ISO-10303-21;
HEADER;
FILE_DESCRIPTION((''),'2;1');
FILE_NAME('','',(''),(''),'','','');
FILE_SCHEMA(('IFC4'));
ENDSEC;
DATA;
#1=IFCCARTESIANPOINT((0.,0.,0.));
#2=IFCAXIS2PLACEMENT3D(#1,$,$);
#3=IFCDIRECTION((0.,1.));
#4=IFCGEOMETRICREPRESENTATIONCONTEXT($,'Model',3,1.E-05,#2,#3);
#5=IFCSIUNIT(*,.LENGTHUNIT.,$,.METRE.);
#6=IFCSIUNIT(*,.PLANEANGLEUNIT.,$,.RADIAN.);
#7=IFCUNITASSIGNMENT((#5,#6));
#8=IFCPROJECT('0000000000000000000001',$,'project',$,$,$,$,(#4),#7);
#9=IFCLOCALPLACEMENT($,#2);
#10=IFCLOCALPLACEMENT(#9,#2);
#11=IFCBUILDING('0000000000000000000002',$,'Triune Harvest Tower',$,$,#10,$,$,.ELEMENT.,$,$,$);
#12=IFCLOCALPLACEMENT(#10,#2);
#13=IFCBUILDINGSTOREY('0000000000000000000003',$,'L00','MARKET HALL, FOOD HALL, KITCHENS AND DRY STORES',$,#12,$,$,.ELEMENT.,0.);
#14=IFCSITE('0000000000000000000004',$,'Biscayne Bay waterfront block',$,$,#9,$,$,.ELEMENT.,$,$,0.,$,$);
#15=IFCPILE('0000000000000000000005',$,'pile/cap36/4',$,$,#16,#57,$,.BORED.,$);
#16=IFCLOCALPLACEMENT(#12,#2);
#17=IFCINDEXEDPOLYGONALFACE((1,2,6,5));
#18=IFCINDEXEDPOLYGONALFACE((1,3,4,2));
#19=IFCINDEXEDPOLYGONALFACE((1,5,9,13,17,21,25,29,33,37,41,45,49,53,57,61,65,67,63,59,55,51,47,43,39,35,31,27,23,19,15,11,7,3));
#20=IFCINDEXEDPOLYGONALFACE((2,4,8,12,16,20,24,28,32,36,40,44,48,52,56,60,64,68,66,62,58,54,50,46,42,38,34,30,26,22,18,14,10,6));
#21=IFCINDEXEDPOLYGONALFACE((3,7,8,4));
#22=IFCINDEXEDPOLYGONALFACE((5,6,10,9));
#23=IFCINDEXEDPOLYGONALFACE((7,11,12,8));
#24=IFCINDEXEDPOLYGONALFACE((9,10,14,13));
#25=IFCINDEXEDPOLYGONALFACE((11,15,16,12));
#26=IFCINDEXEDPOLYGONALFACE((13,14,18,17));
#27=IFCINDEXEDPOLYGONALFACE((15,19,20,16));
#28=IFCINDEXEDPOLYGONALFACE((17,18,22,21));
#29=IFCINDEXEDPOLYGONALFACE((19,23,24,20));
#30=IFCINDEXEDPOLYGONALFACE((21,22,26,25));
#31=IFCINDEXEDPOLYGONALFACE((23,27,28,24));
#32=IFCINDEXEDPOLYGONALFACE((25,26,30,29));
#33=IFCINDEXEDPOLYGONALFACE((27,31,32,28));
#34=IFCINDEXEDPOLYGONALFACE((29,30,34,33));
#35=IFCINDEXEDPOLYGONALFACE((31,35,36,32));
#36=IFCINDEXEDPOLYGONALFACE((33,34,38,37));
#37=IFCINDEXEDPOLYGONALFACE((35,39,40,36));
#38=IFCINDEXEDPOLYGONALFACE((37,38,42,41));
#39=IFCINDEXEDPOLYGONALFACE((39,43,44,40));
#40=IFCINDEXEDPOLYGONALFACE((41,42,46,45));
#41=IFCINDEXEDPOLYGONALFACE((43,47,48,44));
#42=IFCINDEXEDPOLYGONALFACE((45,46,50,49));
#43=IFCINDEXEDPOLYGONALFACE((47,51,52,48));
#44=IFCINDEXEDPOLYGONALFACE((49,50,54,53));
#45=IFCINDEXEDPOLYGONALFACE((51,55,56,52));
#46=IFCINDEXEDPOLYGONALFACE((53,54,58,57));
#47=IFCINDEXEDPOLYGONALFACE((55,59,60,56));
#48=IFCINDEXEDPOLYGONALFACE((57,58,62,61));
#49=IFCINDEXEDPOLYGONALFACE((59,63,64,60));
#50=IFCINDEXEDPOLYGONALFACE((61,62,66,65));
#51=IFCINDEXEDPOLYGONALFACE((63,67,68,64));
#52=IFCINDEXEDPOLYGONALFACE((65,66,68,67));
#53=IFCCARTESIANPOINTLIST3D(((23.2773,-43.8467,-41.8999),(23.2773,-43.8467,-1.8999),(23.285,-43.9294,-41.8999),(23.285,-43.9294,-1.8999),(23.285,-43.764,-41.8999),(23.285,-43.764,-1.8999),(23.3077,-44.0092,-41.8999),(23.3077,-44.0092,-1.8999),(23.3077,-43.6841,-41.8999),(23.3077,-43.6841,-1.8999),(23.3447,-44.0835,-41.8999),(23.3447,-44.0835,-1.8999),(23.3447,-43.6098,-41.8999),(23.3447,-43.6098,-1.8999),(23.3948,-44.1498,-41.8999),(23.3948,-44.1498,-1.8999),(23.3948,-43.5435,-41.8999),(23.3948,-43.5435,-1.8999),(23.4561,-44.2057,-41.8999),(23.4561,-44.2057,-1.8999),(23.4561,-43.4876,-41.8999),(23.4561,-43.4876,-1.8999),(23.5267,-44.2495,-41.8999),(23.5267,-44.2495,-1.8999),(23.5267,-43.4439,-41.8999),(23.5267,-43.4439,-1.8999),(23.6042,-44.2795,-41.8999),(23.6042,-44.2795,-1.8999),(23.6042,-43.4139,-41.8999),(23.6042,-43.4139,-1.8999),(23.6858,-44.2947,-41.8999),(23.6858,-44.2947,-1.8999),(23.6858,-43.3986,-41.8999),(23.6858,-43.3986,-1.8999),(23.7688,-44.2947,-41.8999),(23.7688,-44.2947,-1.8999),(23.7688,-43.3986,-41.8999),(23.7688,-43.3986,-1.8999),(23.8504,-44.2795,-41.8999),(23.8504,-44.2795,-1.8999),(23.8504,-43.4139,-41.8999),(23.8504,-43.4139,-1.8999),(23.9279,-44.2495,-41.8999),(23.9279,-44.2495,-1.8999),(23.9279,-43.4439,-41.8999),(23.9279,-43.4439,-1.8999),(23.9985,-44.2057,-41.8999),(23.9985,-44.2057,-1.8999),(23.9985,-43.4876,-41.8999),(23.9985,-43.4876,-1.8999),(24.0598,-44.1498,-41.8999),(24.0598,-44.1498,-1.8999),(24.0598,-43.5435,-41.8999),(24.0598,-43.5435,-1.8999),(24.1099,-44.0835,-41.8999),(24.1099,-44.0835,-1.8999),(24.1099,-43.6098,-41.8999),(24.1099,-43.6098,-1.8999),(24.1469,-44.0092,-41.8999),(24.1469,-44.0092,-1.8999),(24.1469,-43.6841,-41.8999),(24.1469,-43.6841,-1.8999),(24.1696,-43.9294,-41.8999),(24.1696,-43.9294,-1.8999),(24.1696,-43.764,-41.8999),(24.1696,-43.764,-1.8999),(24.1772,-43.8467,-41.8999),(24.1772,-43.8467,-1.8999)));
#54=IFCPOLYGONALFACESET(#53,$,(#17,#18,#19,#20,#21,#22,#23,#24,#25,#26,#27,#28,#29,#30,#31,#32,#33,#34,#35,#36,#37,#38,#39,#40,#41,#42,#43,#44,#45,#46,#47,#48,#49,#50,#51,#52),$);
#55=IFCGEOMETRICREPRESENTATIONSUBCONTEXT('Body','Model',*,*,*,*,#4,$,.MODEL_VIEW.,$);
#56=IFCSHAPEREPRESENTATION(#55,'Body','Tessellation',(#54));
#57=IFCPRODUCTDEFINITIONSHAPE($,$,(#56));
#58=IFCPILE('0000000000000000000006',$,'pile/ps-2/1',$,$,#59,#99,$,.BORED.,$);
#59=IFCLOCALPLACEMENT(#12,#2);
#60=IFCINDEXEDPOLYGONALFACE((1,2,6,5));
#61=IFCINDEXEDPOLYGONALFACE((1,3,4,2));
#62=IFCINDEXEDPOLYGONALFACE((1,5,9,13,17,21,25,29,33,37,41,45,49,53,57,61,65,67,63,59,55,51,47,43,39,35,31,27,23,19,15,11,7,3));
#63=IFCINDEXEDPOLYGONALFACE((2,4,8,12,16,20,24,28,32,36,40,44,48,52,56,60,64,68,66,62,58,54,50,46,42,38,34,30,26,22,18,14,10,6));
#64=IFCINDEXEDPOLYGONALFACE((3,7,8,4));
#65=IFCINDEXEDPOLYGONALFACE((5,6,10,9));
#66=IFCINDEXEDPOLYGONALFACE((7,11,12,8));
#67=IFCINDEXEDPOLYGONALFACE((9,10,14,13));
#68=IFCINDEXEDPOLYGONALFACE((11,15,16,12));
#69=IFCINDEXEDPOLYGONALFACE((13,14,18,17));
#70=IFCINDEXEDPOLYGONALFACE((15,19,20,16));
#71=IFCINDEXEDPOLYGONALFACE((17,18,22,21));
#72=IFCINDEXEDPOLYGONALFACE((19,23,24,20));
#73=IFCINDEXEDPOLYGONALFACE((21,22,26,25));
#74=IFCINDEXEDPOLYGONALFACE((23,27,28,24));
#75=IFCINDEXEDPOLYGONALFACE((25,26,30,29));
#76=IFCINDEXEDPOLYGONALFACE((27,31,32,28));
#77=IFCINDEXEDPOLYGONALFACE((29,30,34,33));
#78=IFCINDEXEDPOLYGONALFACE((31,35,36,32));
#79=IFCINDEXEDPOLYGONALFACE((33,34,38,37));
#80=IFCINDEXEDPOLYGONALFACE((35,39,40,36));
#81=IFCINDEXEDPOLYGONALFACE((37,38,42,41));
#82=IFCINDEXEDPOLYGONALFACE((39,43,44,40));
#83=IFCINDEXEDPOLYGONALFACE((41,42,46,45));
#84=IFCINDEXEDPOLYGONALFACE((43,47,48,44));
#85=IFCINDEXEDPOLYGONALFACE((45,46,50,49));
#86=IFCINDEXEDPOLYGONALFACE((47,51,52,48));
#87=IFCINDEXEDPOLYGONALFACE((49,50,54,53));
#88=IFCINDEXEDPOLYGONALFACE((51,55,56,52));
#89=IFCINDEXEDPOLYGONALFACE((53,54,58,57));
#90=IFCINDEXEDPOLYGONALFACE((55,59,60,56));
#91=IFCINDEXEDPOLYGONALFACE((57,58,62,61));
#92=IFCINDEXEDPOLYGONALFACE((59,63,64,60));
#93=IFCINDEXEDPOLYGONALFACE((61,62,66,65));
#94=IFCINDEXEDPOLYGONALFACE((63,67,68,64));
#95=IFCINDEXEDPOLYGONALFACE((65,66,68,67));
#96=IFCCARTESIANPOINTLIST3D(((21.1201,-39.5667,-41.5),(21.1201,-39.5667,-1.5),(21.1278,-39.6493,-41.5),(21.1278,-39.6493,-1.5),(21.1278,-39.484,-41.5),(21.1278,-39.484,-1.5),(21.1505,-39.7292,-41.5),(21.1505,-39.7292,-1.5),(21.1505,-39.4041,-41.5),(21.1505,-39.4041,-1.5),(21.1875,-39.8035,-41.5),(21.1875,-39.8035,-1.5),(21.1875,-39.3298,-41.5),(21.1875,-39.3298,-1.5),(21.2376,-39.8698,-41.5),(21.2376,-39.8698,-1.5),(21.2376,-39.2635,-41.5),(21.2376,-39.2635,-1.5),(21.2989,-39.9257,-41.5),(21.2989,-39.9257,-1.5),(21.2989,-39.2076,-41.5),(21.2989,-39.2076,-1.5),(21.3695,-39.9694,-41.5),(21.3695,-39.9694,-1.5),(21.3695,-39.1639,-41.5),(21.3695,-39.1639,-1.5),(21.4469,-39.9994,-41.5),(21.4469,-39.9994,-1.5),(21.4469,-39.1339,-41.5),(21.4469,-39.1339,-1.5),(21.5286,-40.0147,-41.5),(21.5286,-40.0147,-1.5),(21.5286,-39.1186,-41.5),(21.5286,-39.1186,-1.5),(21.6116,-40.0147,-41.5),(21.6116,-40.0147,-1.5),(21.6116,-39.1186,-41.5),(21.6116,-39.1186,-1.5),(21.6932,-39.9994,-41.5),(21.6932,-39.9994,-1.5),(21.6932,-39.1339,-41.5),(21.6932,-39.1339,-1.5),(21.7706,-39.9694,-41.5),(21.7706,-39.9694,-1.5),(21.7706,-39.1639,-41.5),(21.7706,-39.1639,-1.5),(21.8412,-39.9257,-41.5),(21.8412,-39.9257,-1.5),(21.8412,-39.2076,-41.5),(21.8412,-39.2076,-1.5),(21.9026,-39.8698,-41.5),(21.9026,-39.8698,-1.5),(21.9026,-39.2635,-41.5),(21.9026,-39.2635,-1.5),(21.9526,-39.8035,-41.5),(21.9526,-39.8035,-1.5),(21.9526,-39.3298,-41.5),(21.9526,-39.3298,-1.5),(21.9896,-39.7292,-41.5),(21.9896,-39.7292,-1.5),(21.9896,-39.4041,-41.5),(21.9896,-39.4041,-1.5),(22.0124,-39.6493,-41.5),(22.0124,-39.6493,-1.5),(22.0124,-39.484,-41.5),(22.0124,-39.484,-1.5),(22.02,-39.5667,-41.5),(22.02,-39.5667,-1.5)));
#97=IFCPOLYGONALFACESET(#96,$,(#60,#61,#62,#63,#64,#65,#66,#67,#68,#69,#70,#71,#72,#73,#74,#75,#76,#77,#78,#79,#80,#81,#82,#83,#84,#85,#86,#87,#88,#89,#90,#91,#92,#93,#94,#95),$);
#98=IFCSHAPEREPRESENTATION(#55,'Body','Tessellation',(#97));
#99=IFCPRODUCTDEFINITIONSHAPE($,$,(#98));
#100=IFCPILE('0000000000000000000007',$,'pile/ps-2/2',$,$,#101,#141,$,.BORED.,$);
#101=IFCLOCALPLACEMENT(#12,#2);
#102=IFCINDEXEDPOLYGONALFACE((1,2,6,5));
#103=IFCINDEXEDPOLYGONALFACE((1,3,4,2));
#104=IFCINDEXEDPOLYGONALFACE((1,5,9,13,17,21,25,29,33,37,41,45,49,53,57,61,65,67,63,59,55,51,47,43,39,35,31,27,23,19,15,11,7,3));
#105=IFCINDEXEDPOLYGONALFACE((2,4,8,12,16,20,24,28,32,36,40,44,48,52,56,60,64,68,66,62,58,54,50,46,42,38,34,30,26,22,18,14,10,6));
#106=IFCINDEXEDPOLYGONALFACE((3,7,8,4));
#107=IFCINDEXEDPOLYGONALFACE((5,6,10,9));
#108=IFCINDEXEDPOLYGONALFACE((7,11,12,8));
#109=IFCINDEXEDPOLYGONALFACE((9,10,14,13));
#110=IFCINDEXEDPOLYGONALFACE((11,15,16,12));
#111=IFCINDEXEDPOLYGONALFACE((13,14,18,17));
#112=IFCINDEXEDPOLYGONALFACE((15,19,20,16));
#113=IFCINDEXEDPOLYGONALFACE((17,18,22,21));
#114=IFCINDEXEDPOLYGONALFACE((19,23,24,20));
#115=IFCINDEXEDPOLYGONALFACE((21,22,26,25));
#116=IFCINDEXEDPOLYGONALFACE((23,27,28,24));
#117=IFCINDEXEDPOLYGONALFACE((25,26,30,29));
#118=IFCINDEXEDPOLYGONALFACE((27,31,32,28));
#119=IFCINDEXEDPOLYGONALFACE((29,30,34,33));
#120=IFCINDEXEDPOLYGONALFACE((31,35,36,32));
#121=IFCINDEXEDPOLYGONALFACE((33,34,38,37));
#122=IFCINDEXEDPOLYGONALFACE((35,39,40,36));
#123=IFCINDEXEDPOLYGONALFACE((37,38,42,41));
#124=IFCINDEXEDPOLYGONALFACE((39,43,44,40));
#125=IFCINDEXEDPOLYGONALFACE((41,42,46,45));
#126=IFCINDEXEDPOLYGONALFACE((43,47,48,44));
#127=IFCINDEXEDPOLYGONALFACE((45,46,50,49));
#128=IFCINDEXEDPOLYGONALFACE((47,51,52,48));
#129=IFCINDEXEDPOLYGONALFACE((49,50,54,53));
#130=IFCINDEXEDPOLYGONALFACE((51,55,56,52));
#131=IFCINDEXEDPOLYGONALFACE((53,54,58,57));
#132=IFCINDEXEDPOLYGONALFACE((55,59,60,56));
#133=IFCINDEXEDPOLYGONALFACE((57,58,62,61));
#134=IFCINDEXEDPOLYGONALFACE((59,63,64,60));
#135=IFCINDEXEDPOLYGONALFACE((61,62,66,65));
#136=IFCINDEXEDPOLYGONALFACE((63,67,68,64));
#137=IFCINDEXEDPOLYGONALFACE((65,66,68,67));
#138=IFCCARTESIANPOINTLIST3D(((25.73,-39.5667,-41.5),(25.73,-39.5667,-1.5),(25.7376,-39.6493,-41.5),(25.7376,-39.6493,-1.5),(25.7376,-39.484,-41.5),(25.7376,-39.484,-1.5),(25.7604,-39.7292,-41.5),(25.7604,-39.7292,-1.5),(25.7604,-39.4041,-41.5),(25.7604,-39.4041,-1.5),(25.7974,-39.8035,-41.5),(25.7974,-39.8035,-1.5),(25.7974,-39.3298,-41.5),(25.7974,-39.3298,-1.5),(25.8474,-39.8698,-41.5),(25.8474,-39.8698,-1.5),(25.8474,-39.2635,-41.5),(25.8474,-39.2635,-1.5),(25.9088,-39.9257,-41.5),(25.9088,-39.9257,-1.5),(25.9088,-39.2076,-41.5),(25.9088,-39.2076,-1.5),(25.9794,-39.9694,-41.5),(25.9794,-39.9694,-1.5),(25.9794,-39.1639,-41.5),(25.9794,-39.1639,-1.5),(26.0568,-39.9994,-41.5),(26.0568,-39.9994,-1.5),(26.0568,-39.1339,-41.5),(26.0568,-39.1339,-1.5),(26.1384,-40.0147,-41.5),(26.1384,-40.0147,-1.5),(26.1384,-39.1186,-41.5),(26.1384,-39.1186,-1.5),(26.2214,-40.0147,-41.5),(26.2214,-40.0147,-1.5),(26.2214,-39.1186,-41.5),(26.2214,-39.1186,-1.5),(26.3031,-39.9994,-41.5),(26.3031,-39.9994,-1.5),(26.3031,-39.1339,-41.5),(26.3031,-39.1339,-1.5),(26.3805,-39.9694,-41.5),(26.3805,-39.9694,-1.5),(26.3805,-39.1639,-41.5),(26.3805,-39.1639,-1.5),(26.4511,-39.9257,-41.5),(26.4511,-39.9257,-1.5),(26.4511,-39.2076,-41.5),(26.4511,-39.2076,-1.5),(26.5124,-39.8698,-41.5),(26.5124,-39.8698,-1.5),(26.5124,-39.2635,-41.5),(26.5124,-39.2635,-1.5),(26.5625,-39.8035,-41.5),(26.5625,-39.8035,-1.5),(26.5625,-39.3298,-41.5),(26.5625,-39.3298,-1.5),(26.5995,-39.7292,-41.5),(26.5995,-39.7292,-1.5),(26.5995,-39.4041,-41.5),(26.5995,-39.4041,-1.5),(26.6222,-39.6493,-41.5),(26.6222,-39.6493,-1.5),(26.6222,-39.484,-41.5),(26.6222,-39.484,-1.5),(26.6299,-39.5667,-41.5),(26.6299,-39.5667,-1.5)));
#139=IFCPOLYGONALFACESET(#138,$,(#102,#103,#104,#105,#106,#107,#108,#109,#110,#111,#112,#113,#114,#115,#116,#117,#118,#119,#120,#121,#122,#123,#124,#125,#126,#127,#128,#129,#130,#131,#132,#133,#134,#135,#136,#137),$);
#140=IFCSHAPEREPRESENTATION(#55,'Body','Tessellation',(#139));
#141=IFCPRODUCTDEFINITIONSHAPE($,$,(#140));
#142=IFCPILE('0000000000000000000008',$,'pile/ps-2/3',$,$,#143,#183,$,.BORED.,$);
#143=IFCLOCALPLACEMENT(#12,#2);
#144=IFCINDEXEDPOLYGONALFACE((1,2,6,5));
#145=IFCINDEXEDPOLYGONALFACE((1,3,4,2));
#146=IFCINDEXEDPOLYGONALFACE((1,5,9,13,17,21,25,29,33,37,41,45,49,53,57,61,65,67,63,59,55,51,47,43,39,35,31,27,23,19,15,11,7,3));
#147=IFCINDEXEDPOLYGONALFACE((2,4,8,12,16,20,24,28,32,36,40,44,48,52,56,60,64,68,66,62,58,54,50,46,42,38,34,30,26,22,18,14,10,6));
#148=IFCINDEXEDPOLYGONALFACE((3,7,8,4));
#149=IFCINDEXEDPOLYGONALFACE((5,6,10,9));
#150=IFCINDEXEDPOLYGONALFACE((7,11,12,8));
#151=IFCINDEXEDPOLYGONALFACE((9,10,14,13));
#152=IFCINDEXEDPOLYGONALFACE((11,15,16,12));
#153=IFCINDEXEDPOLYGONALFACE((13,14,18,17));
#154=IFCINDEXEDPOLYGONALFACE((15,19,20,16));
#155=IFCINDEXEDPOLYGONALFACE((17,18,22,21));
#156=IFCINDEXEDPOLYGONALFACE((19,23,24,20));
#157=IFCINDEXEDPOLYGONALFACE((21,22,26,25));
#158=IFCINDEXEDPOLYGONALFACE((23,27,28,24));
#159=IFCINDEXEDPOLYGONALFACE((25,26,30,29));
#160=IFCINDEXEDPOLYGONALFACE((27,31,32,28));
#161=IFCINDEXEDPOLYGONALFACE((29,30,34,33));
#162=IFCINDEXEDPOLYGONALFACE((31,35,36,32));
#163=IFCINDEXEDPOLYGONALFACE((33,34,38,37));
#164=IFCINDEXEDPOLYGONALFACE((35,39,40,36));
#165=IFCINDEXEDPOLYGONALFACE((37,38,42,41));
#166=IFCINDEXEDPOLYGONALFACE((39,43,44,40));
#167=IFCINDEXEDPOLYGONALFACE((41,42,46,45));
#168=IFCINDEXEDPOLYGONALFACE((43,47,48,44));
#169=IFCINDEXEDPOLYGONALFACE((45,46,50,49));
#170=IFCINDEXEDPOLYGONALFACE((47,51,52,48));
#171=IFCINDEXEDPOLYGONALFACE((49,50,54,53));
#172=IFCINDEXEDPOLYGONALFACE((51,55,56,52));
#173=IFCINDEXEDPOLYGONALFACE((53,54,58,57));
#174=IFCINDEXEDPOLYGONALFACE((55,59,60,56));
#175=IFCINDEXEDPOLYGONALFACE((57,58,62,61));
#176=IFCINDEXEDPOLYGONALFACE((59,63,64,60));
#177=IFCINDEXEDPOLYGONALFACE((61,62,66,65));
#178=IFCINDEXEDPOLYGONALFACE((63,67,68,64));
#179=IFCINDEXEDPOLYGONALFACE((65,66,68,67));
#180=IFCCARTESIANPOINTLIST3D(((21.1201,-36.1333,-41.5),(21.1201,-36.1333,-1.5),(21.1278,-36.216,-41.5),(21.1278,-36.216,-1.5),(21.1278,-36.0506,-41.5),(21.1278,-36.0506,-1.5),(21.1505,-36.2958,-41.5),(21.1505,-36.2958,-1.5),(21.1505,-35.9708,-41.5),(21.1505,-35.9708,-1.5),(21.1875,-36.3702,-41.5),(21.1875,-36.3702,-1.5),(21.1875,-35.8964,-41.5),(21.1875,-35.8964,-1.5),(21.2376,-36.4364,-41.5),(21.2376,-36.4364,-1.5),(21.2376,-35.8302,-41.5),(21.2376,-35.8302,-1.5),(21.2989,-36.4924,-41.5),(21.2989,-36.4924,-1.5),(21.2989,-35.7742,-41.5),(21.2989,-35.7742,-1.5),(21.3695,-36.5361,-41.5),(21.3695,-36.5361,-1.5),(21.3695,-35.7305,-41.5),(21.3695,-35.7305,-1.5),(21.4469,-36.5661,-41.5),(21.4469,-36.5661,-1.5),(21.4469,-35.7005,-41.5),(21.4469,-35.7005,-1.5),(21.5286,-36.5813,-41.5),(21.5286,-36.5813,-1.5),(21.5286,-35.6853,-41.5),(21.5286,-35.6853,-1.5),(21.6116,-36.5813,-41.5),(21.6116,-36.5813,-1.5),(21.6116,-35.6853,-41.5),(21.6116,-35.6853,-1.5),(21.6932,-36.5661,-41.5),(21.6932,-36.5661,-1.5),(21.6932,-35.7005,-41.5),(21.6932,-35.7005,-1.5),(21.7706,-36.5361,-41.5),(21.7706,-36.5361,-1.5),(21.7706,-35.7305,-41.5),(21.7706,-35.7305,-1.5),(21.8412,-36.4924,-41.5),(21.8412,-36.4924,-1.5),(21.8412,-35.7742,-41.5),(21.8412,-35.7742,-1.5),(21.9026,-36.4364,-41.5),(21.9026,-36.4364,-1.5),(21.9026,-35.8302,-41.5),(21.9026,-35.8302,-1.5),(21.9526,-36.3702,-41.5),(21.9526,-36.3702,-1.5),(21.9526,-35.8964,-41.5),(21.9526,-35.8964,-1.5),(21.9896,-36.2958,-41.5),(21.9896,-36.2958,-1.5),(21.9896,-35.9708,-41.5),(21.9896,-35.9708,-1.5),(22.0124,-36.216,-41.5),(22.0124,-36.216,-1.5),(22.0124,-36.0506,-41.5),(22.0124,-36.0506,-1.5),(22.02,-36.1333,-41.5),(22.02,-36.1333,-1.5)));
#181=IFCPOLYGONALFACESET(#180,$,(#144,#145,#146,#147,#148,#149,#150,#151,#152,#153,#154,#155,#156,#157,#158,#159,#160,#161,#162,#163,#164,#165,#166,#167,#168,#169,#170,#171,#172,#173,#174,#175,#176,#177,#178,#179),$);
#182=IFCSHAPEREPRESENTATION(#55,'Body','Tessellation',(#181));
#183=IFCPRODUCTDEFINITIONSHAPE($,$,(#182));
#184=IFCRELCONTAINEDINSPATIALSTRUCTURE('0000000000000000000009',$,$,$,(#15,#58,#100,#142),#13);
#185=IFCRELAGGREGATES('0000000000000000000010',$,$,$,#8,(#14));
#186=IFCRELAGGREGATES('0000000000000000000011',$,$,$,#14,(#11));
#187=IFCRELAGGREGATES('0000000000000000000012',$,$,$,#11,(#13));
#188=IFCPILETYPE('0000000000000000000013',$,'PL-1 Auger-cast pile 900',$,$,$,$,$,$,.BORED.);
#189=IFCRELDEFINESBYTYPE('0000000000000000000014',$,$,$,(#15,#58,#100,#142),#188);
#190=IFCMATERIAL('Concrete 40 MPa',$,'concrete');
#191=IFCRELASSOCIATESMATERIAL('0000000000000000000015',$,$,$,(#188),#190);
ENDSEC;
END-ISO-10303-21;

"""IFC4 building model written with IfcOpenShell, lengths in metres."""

from ifc_helpers import new_model, si_unit, direction, frame, origin, origin_2d, place, context, subcontext, project, spatial, circle, extrude, source, transform, mapped, material, material_profile, profile_set, type_object, element, save


model = new_model("IFC4")

# Units and contexts
model_context = context("Model", 3, precision=1e-05, world=origin(), true_north=direction((0.0, 1.0)))
body_context = subcontext(model_context, "Body", "Model", "MODEL_VIEW")
ifc_project = project(units=[si_unit("LENGTHUNIT", "METRE"), si_unit("PLANEANGLEUNIT", "RADIAN")], contexts=[model_context])

# Site, building, storey
site_placement = place(None, origin())
site = spatial("IfcSite", under=ifc_project, at=site_placement, Name="Biscayne Bay waterfront block", CompositionType="ELEMENT", RefElevation=0.0)
building_placement = place(site_placement, origin())
building = spatial("IfcBuilding", under=site, at=building_placement, Name="Triune Harvest Tower", CompositionType="ELEMENT")
storey_placement = place(building_placement, origin())
storey = spatial("IfcBuildingStorey", under=building, at=storey_placement, Name="L00", Description="MARKET HALL, FOOD HALL, KITCHENS AND DRY STORES", CompositionType="ELEMENT", Elevation=0.0)

# Piles
ifc_material_1 = material(Name="Concrete 40 MPa", Category="concrete")
ifc_material_profile_1 = material_profile(ifc_material_1, circle(Radius=0.45, at=origin_2d()), Name="Bored 900")
ifc_profile_set_1 = profile_set([ifc_material_profile_1], Name="Concrete 40 MPa")
pile_type = type_object("IfcPileType", Name="PL-1 Auger-cast pile 900", PredefinedType="BORED", material=ifc_profile_set_1)
shared_shape_1 = source(origin(), body_context, "Body", "SweptSolid", [
    extrude(circle(Radius=0.45, at=origin_2d()), origin(), (0.0, 0.0, 1.0), 40.0),
])
for number, where, z_axis, x_axis, name in (
    (1, (23.7273, -43.8467, -1.8999), (0.0, 0.0, -1.0), (1.0, 0.0, 0.0), "pile/cap36/4"),
    (2, (21.5701, -39.5667, -1.5), (0.0, 0.0, -1.0), (1.0, 0.0, 0.0), "pile/ps-2/1"),
    (3, (26.1799, -39.5667, -1.5), (0.0, 0.0, -1.0), (1.0, 0.0, 0.0), "pile/ps-2/2"),
    (4, (21.5701, -36.1333, -1.5), (0.0, 0.0, -1.0), (1.0, 0.0, 0.0), "pile/ps-2/3"),
):
    element("IfcPile", number, at=place(storey_placement, frame(where, z_axis=z_axis, x_axis=x_axis)), inside=storey, type_object=pile_type, Name=name, PredefinedType="BORED", context=body_context, shape_type="MappedRepresentation", body=[
        mapped(shared_shape_1, transform((0.0, 0.0, 0.0), scale=1.0)),
    ])

save(model, "model.ifc")
